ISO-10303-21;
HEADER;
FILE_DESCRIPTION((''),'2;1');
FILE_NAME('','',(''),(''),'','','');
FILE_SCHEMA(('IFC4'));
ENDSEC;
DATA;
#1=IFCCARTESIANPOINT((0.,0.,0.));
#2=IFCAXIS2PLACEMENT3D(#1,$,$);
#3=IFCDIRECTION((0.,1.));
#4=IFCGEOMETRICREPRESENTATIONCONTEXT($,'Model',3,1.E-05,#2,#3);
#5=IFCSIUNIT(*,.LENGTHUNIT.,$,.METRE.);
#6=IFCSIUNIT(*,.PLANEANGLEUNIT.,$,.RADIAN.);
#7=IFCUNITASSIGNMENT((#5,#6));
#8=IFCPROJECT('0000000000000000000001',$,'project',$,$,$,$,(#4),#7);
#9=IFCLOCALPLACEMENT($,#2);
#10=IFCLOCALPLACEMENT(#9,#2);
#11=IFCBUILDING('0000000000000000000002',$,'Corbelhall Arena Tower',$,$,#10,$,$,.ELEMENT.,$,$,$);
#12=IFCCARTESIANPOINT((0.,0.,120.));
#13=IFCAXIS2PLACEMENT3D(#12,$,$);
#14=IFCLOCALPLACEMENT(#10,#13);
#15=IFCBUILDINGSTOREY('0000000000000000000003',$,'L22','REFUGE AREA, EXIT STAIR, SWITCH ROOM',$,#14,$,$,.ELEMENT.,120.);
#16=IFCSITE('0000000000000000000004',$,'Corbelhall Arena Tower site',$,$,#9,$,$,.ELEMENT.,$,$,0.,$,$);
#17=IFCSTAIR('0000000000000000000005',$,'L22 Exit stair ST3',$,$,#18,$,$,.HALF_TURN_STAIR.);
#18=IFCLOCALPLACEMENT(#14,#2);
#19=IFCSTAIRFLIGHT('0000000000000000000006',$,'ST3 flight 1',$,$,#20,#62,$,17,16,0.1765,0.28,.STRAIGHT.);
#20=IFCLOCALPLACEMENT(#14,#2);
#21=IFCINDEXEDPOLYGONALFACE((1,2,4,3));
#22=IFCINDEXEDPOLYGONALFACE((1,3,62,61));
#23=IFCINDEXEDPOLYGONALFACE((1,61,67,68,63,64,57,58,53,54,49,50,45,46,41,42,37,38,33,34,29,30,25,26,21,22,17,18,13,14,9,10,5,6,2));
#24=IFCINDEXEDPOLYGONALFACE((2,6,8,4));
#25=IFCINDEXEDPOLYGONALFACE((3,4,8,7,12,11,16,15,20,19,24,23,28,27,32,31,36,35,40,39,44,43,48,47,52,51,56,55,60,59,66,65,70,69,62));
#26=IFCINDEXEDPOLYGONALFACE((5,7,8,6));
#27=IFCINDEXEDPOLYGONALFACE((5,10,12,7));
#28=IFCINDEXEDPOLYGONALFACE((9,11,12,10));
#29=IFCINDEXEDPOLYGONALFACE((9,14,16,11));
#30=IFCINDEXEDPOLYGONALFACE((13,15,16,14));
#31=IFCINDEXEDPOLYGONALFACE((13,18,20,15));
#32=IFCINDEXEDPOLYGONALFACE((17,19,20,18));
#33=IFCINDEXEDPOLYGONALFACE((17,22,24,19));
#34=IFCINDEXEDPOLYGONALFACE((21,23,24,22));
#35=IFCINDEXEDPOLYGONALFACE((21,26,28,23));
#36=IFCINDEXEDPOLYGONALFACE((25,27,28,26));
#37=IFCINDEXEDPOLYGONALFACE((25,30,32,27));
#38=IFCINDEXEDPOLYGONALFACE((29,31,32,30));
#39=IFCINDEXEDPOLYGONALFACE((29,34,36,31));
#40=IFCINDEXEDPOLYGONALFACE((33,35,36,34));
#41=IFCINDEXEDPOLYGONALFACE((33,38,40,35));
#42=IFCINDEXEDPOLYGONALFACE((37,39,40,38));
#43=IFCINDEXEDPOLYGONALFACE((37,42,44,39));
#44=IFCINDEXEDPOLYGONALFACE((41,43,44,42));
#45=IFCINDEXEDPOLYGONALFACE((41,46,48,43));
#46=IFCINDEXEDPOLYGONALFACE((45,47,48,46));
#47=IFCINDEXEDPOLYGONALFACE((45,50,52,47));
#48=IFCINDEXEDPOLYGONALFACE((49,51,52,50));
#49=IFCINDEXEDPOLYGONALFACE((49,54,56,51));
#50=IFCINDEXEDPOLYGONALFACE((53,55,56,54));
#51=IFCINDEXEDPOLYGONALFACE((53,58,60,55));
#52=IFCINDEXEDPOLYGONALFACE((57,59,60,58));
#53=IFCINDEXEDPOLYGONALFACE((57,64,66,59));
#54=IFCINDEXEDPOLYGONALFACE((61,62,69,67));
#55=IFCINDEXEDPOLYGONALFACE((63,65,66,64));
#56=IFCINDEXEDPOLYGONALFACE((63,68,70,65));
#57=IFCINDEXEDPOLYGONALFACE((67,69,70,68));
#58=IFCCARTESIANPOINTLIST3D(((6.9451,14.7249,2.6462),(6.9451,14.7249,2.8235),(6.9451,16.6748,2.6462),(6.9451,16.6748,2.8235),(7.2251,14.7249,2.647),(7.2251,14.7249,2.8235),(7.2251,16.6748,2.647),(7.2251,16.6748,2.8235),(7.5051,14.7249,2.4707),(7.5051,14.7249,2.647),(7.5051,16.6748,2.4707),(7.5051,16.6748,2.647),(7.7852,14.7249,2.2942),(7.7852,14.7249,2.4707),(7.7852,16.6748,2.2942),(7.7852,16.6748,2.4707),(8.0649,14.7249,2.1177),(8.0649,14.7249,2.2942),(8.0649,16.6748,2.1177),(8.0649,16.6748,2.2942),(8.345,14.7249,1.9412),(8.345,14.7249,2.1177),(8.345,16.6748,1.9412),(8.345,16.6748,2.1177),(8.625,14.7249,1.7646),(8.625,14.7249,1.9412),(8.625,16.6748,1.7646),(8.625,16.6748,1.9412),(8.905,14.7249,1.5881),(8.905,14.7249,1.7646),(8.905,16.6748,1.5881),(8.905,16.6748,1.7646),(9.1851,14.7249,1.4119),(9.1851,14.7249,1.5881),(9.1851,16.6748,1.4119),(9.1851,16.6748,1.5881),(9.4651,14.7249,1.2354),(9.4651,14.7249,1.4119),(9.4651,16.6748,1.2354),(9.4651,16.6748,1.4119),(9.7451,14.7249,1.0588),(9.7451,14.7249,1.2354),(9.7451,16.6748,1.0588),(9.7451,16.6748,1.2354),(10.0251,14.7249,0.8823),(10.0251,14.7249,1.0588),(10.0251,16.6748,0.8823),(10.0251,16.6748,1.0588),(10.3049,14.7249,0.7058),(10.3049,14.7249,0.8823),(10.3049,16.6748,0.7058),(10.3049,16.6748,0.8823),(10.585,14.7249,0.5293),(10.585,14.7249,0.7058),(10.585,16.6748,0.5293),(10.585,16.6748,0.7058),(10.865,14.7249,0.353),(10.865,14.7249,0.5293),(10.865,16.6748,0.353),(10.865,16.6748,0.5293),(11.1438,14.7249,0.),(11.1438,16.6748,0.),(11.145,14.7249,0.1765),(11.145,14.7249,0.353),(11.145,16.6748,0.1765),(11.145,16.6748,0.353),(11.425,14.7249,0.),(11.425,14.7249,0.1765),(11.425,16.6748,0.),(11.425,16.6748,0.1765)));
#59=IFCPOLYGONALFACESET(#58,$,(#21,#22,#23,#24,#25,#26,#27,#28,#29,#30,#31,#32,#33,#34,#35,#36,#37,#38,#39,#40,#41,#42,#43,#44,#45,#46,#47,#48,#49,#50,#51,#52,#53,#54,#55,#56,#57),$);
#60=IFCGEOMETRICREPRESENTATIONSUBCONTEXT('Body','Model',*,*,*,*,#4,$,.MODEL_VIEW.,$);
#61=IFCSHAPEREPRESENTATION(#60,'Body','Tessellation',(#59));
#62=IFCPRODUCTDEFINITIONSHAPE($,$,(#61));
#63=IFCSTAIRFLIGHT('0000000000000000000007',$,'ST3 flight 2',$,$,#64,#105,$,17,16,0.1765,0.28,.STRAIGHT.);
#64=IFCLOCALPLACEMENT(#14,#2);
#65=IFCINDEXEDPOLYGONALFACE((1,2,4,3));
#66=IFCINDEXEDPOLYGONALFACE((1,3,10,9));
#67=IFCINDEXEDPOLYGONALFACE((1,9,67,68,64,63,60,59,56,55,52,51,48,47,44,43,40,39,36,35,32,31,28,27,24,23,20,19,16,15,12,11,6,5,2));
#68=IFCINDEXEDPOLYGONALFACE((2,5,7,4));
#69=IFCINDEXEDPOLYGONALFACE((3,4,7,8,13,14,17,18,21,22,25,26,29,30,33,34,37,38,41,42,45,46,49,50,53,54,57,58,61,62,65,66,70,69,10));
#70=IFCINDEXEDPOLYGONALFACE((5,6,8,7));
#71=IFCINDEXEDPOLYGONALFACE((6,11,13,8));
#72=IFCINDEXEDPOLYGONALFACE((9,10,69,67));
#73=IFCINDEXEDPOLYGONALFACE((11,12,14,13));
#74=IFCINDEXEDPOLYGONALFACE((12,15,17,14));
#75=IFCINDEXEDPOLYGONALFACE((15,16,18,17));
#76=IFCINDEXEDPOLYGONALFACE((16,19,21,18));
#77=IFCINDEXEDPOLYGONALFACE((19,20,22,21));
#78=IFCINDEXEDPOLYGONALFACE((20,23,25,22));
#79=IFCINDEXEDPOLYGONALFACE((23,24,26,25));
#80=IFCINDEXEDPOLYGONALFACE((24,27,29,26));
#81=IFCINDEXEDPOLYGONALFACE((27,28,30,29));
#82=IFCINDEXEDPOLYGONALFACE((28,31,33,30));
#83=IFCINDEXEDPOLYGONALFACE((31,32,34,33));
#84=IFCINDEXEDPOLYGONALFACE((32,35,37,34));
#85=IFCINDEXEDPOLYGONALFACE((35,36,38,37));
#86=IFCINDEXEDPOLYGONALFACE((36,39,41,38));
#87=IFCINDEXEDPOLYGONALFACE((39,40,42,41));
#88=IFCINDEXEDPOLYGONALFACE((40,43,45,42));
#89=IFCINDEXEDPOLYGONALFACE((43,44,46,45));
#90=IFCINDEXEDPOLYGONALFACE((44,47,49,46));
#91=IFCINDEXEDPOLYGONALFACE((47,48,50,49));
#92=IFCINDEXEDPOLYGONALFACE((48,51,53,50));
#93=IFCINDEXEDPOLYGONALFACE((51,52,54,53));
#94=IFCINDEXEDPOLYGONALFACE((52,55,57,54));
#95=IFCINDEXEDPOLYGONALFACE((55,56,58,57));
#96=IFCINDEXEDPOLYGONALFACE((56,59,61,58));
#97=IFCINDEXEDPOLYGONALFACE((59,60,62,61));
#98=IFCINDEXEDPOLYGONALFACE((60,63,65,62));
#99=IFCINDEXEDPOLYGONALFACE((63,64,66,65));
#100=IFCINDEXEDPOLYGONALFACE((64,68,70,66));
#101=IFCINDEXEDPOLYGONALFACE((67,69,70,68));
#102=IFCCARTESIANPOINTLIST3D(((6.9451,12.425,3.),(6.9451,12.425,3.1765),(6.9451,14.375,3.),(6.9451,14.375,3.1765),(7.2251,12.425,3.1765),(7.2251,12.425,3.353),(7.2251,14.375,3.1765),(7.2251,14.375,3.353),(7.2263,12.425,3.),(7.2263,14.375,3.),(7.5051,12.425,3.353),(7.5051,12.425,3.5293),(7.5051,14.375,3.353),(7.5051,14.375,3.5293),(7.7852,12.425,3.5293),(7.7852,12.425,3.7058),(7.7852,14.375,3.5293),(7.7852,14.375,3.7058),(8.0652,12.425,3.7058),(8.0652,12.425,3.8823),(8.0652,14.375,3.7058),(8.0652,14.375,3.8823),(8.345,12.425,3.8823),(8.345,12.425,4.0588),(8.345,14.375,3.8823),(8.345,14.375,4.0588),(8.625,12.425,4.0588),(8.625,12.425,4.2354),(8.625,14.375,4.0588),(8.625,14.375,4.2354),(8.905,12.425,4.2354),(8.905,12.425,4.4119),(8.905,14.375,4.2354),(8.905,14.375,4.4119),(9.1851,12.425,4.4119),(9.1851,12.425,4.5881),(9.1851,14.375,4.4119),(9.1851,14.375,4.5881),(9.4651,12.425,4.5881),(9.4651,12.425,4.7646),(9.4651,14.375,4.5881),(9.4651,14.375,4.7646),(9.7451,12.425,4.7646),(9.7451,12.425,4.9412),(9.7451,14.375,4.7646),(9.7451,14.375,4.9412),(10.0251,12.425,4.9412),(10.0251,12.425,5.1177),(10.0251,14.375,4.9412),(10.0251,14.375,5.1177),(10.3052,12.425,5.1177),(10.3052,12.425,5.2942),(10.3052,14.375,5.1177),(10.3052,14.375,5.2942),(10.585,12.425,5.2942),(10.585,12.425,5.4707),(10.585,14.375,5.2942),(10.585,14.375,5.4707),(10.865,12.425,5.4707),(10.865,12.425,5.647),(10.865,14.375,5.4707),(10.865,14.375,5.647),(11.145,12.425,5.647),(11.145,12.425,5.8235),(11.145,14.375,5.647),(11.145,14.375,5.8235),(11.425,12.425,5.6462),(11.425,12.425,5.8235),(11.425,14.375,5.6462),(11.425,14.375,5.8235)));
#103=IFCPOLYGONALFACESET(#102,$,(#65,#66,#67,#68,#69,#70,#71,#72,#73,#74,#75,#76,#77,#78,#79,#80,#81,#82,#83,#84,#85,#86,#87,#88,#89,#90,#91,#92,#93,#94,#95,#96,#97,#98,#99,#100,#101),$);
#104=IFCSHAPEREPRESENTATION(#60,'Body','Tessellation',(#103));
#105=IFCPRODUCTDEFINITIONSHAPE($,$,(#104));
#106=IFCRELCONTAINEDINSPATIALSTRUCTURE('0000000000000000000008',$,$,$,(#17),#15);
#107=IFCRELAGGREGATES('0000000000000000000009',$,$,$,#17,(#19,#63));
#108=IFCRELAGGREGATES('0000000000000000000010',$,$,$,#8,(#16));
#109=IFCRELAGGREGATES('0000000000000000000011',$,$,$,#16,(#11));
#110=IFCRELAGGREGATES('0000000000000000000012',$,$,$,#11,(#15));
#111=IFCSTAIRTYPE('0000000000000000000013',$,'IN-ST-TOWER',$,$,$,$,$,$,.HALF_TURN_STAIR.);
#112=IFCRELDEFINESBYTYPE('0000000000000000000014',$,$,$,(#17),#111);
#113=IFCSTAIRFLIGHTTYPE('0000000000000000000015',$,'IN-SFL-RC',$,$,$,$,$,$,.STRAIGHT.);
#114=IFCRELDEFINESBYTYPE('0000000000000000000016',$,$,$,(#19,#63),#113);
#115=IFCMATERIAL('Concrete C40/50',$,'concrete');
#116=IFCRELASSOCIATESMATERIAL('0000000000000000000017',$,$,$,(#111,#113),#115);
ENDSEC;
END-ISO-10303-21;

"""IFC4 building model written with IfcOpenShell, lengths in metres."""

from ifc_helpers import new_model, si_unit, direction, frame, origin, place, context, subcontext, project, spatial, polyline, outline, extrude, material, type_object, element, aggregate, save


model = new_model("IFC4")

# Units and contexts
model_context = context("Model", 3, precision=1e-05, world=origin(), true_north=direction((0.0, 1.0)))
body_context = subcontext(model_context, "Body", "Model", "MODEL_VIEW")
ifc_project = project(units=[si_unit("LENGTHUNIT", "METRE"), si_unit("PLANEANGLEUNIT", "RADIAN")], contexts=[model_context])

# Site, building, storey
site_placement = place(None, origin())
site = spatial("IfcSite", under=ifc_project, at=site_placement, Name="Corbelhall Arena Tower site", CompositionType="ELEMENT", RefElevation=0.0)
building_placement = place(site_placement, origin())
building = spatial("IfcBuilding", under=site, at=building_placement, Name="Corbelhall Arena Tower", CompositionType="ELEMENT")
storey_placement = place(building_placement, frame((0.0, 0.0, 120.0)))
storey = spatial("IfcBuildingStorey", under=building, at=storey_placement, Name="L22", Description="REFUGE AREA, EXIT STAIR, SWITCH ROOM", CompositionType="ELEMENT", Elevation=120.0)

# Shared definitions
ifc_material_1 = material(Name="Concrete C40/50", Category="concrete")

# Stair, stair flights
stair_type = type_object("IfcStairType", Name="IN-ST-TOWER", PredefinedType="HALF_TURN_STAIR", material=ifc_material_1)
stair_placement = place(storey_placement, origin())
stair = element("IfcStair", 1, at=stair_placement, inside=storey, type_object=stair_type, Name="L22 Exit stair ST3", PredefinedType="HALF_TURN_STAIR")
stair_flight_type = type_object("IfcStairFlightType", Name="IN-SFL-RC", PredefinedType="STRAIGHT", material=ifc_material_1)
stair_flight_1_placement = place(storey_placement, frame((11.425, 15.7, 0.0), z_axis=(0.0, 0.0, 1.0), x_axis=(-1.0, 0.0, 0.0)))
stair_flight_1 = element("IfcStairFlight", 2, at=stair_flight_1_placement, type_object=stair_flight_type, Name="ST3 flight 1", NumberOfRisers=17, NumberOfTreads=16, PredefinedType="STRAIGHT", RiserHeight=0.1765, TreadLength=0.28, context=body_context, shape_type="SweptSolid", body=[
    extrude(outline(polyline([(0.0, 0.0), (0.0, 0.1765), (0.28, 0.1765), (0.28, 0.353), (0.5601, 0.353), (0.5601, 0.5293), (0.8401, 0.5293), (0.8401, 0.7058), (1.1201, 0.7058), (1.1201, 0.8823), (1.3999, 0.8823), (1.3999, 1.0588), (1.6799, 1.0588), (1.6799, 1.2354), (1.96, 1.2354), (1.96, 1.4119), (2.24, 1.4119), (2.24, 1.5881), (2.52, 1.5881), (2.52, 1.7646), (2.8, 1.7646), (2.8, 1.9412), (3.0801, 1.9412), (3.0801, 2.1177), (3.3601, 2.1177), (3.3601, 2.2942), (3.6399, 2.2942), (3.6399, 2.4707), (3.9199, 2.4707), (3.9199, 2.647), (4.2, 2.647), (4.2, 2.8235), (4.48, 2.8235), (4.48, 3.0), (4.48, 2.6462), (0.2812, 0.0), (0.0, 0.0)])), frame((0.0, 0.9751, 0.0), z_axis=(0.0, -1.0, 0.0), x_axis=(1.0, 0.0, 0.0)), (0.0, 0.0, 1.0), 1.95),
])
stair_flight_2_placement = place(storey_placement, frame((6.9451, 13.3999, 3.0), z_axis=(0.0, 0.0, 1.0), x_axis=(1.0, 0.0, 0.0)))
stair_flight_2 = element("IfcStairFlight", 3, at=stair_flight_2_placement, type_object=stair_flight_type, Name="ST3 flight 2", NumberOfRisers=17, NumberOfTreads=16, PredefinedType="STRAIGHT", RiserHeight=0.1765, TreadLength=0.28, context=body_context, shape_type="SweptSolid", body=[
    extrude(outline(polyline([(0.0, 0.0), (0.0, 0.1765), (0.28, 0.1765), (0.28, 0.353), (0.5601, 0.353), (0.5601, 0.5293), (0.8401, 0.5293), (0.8401, 0.7058), (1.1201, 0.7058), (1.1201, 0.8823), (1.3999, 0.8823), (1.3999, 1.0588), (1.6799, 1.0588), (1.6799, 1.2354), (1.96, 1.2354), (1.96, 1.4119), (2.24, 1.4119), (2.24, 1.5881), (2.52, 1.5881), (2.52, 1.7646), (2.8, 1.7646), (2.8, 1.9412), (3.0801, 1.9412), (3.0801, 2.1177), (3.3601, 2.1177), (3.3601, 2.2942), (3.6399, 2.2942), (3.6399, 2.4707), (3.9199, 2.4707), (3.9199, 2.647), (4.2, 2.647), (4.2, 2.8235), (4.48, 2.8235), (4.48, 3.0), (4.48, 2.6462), (0.2812, 0.0), (0.0, 0.0)])), frame((0.0, 0.9751, 0.0), z_axis=(0.0, -1.0, 0.0), x_axis=(1.0, 0.0, 0.0)), (0.0, 0.0, 1.0), 1.95),
])
aggregate(stair, [stair_flight_1, stair_flight_2])

save(model, "model.ifc")
